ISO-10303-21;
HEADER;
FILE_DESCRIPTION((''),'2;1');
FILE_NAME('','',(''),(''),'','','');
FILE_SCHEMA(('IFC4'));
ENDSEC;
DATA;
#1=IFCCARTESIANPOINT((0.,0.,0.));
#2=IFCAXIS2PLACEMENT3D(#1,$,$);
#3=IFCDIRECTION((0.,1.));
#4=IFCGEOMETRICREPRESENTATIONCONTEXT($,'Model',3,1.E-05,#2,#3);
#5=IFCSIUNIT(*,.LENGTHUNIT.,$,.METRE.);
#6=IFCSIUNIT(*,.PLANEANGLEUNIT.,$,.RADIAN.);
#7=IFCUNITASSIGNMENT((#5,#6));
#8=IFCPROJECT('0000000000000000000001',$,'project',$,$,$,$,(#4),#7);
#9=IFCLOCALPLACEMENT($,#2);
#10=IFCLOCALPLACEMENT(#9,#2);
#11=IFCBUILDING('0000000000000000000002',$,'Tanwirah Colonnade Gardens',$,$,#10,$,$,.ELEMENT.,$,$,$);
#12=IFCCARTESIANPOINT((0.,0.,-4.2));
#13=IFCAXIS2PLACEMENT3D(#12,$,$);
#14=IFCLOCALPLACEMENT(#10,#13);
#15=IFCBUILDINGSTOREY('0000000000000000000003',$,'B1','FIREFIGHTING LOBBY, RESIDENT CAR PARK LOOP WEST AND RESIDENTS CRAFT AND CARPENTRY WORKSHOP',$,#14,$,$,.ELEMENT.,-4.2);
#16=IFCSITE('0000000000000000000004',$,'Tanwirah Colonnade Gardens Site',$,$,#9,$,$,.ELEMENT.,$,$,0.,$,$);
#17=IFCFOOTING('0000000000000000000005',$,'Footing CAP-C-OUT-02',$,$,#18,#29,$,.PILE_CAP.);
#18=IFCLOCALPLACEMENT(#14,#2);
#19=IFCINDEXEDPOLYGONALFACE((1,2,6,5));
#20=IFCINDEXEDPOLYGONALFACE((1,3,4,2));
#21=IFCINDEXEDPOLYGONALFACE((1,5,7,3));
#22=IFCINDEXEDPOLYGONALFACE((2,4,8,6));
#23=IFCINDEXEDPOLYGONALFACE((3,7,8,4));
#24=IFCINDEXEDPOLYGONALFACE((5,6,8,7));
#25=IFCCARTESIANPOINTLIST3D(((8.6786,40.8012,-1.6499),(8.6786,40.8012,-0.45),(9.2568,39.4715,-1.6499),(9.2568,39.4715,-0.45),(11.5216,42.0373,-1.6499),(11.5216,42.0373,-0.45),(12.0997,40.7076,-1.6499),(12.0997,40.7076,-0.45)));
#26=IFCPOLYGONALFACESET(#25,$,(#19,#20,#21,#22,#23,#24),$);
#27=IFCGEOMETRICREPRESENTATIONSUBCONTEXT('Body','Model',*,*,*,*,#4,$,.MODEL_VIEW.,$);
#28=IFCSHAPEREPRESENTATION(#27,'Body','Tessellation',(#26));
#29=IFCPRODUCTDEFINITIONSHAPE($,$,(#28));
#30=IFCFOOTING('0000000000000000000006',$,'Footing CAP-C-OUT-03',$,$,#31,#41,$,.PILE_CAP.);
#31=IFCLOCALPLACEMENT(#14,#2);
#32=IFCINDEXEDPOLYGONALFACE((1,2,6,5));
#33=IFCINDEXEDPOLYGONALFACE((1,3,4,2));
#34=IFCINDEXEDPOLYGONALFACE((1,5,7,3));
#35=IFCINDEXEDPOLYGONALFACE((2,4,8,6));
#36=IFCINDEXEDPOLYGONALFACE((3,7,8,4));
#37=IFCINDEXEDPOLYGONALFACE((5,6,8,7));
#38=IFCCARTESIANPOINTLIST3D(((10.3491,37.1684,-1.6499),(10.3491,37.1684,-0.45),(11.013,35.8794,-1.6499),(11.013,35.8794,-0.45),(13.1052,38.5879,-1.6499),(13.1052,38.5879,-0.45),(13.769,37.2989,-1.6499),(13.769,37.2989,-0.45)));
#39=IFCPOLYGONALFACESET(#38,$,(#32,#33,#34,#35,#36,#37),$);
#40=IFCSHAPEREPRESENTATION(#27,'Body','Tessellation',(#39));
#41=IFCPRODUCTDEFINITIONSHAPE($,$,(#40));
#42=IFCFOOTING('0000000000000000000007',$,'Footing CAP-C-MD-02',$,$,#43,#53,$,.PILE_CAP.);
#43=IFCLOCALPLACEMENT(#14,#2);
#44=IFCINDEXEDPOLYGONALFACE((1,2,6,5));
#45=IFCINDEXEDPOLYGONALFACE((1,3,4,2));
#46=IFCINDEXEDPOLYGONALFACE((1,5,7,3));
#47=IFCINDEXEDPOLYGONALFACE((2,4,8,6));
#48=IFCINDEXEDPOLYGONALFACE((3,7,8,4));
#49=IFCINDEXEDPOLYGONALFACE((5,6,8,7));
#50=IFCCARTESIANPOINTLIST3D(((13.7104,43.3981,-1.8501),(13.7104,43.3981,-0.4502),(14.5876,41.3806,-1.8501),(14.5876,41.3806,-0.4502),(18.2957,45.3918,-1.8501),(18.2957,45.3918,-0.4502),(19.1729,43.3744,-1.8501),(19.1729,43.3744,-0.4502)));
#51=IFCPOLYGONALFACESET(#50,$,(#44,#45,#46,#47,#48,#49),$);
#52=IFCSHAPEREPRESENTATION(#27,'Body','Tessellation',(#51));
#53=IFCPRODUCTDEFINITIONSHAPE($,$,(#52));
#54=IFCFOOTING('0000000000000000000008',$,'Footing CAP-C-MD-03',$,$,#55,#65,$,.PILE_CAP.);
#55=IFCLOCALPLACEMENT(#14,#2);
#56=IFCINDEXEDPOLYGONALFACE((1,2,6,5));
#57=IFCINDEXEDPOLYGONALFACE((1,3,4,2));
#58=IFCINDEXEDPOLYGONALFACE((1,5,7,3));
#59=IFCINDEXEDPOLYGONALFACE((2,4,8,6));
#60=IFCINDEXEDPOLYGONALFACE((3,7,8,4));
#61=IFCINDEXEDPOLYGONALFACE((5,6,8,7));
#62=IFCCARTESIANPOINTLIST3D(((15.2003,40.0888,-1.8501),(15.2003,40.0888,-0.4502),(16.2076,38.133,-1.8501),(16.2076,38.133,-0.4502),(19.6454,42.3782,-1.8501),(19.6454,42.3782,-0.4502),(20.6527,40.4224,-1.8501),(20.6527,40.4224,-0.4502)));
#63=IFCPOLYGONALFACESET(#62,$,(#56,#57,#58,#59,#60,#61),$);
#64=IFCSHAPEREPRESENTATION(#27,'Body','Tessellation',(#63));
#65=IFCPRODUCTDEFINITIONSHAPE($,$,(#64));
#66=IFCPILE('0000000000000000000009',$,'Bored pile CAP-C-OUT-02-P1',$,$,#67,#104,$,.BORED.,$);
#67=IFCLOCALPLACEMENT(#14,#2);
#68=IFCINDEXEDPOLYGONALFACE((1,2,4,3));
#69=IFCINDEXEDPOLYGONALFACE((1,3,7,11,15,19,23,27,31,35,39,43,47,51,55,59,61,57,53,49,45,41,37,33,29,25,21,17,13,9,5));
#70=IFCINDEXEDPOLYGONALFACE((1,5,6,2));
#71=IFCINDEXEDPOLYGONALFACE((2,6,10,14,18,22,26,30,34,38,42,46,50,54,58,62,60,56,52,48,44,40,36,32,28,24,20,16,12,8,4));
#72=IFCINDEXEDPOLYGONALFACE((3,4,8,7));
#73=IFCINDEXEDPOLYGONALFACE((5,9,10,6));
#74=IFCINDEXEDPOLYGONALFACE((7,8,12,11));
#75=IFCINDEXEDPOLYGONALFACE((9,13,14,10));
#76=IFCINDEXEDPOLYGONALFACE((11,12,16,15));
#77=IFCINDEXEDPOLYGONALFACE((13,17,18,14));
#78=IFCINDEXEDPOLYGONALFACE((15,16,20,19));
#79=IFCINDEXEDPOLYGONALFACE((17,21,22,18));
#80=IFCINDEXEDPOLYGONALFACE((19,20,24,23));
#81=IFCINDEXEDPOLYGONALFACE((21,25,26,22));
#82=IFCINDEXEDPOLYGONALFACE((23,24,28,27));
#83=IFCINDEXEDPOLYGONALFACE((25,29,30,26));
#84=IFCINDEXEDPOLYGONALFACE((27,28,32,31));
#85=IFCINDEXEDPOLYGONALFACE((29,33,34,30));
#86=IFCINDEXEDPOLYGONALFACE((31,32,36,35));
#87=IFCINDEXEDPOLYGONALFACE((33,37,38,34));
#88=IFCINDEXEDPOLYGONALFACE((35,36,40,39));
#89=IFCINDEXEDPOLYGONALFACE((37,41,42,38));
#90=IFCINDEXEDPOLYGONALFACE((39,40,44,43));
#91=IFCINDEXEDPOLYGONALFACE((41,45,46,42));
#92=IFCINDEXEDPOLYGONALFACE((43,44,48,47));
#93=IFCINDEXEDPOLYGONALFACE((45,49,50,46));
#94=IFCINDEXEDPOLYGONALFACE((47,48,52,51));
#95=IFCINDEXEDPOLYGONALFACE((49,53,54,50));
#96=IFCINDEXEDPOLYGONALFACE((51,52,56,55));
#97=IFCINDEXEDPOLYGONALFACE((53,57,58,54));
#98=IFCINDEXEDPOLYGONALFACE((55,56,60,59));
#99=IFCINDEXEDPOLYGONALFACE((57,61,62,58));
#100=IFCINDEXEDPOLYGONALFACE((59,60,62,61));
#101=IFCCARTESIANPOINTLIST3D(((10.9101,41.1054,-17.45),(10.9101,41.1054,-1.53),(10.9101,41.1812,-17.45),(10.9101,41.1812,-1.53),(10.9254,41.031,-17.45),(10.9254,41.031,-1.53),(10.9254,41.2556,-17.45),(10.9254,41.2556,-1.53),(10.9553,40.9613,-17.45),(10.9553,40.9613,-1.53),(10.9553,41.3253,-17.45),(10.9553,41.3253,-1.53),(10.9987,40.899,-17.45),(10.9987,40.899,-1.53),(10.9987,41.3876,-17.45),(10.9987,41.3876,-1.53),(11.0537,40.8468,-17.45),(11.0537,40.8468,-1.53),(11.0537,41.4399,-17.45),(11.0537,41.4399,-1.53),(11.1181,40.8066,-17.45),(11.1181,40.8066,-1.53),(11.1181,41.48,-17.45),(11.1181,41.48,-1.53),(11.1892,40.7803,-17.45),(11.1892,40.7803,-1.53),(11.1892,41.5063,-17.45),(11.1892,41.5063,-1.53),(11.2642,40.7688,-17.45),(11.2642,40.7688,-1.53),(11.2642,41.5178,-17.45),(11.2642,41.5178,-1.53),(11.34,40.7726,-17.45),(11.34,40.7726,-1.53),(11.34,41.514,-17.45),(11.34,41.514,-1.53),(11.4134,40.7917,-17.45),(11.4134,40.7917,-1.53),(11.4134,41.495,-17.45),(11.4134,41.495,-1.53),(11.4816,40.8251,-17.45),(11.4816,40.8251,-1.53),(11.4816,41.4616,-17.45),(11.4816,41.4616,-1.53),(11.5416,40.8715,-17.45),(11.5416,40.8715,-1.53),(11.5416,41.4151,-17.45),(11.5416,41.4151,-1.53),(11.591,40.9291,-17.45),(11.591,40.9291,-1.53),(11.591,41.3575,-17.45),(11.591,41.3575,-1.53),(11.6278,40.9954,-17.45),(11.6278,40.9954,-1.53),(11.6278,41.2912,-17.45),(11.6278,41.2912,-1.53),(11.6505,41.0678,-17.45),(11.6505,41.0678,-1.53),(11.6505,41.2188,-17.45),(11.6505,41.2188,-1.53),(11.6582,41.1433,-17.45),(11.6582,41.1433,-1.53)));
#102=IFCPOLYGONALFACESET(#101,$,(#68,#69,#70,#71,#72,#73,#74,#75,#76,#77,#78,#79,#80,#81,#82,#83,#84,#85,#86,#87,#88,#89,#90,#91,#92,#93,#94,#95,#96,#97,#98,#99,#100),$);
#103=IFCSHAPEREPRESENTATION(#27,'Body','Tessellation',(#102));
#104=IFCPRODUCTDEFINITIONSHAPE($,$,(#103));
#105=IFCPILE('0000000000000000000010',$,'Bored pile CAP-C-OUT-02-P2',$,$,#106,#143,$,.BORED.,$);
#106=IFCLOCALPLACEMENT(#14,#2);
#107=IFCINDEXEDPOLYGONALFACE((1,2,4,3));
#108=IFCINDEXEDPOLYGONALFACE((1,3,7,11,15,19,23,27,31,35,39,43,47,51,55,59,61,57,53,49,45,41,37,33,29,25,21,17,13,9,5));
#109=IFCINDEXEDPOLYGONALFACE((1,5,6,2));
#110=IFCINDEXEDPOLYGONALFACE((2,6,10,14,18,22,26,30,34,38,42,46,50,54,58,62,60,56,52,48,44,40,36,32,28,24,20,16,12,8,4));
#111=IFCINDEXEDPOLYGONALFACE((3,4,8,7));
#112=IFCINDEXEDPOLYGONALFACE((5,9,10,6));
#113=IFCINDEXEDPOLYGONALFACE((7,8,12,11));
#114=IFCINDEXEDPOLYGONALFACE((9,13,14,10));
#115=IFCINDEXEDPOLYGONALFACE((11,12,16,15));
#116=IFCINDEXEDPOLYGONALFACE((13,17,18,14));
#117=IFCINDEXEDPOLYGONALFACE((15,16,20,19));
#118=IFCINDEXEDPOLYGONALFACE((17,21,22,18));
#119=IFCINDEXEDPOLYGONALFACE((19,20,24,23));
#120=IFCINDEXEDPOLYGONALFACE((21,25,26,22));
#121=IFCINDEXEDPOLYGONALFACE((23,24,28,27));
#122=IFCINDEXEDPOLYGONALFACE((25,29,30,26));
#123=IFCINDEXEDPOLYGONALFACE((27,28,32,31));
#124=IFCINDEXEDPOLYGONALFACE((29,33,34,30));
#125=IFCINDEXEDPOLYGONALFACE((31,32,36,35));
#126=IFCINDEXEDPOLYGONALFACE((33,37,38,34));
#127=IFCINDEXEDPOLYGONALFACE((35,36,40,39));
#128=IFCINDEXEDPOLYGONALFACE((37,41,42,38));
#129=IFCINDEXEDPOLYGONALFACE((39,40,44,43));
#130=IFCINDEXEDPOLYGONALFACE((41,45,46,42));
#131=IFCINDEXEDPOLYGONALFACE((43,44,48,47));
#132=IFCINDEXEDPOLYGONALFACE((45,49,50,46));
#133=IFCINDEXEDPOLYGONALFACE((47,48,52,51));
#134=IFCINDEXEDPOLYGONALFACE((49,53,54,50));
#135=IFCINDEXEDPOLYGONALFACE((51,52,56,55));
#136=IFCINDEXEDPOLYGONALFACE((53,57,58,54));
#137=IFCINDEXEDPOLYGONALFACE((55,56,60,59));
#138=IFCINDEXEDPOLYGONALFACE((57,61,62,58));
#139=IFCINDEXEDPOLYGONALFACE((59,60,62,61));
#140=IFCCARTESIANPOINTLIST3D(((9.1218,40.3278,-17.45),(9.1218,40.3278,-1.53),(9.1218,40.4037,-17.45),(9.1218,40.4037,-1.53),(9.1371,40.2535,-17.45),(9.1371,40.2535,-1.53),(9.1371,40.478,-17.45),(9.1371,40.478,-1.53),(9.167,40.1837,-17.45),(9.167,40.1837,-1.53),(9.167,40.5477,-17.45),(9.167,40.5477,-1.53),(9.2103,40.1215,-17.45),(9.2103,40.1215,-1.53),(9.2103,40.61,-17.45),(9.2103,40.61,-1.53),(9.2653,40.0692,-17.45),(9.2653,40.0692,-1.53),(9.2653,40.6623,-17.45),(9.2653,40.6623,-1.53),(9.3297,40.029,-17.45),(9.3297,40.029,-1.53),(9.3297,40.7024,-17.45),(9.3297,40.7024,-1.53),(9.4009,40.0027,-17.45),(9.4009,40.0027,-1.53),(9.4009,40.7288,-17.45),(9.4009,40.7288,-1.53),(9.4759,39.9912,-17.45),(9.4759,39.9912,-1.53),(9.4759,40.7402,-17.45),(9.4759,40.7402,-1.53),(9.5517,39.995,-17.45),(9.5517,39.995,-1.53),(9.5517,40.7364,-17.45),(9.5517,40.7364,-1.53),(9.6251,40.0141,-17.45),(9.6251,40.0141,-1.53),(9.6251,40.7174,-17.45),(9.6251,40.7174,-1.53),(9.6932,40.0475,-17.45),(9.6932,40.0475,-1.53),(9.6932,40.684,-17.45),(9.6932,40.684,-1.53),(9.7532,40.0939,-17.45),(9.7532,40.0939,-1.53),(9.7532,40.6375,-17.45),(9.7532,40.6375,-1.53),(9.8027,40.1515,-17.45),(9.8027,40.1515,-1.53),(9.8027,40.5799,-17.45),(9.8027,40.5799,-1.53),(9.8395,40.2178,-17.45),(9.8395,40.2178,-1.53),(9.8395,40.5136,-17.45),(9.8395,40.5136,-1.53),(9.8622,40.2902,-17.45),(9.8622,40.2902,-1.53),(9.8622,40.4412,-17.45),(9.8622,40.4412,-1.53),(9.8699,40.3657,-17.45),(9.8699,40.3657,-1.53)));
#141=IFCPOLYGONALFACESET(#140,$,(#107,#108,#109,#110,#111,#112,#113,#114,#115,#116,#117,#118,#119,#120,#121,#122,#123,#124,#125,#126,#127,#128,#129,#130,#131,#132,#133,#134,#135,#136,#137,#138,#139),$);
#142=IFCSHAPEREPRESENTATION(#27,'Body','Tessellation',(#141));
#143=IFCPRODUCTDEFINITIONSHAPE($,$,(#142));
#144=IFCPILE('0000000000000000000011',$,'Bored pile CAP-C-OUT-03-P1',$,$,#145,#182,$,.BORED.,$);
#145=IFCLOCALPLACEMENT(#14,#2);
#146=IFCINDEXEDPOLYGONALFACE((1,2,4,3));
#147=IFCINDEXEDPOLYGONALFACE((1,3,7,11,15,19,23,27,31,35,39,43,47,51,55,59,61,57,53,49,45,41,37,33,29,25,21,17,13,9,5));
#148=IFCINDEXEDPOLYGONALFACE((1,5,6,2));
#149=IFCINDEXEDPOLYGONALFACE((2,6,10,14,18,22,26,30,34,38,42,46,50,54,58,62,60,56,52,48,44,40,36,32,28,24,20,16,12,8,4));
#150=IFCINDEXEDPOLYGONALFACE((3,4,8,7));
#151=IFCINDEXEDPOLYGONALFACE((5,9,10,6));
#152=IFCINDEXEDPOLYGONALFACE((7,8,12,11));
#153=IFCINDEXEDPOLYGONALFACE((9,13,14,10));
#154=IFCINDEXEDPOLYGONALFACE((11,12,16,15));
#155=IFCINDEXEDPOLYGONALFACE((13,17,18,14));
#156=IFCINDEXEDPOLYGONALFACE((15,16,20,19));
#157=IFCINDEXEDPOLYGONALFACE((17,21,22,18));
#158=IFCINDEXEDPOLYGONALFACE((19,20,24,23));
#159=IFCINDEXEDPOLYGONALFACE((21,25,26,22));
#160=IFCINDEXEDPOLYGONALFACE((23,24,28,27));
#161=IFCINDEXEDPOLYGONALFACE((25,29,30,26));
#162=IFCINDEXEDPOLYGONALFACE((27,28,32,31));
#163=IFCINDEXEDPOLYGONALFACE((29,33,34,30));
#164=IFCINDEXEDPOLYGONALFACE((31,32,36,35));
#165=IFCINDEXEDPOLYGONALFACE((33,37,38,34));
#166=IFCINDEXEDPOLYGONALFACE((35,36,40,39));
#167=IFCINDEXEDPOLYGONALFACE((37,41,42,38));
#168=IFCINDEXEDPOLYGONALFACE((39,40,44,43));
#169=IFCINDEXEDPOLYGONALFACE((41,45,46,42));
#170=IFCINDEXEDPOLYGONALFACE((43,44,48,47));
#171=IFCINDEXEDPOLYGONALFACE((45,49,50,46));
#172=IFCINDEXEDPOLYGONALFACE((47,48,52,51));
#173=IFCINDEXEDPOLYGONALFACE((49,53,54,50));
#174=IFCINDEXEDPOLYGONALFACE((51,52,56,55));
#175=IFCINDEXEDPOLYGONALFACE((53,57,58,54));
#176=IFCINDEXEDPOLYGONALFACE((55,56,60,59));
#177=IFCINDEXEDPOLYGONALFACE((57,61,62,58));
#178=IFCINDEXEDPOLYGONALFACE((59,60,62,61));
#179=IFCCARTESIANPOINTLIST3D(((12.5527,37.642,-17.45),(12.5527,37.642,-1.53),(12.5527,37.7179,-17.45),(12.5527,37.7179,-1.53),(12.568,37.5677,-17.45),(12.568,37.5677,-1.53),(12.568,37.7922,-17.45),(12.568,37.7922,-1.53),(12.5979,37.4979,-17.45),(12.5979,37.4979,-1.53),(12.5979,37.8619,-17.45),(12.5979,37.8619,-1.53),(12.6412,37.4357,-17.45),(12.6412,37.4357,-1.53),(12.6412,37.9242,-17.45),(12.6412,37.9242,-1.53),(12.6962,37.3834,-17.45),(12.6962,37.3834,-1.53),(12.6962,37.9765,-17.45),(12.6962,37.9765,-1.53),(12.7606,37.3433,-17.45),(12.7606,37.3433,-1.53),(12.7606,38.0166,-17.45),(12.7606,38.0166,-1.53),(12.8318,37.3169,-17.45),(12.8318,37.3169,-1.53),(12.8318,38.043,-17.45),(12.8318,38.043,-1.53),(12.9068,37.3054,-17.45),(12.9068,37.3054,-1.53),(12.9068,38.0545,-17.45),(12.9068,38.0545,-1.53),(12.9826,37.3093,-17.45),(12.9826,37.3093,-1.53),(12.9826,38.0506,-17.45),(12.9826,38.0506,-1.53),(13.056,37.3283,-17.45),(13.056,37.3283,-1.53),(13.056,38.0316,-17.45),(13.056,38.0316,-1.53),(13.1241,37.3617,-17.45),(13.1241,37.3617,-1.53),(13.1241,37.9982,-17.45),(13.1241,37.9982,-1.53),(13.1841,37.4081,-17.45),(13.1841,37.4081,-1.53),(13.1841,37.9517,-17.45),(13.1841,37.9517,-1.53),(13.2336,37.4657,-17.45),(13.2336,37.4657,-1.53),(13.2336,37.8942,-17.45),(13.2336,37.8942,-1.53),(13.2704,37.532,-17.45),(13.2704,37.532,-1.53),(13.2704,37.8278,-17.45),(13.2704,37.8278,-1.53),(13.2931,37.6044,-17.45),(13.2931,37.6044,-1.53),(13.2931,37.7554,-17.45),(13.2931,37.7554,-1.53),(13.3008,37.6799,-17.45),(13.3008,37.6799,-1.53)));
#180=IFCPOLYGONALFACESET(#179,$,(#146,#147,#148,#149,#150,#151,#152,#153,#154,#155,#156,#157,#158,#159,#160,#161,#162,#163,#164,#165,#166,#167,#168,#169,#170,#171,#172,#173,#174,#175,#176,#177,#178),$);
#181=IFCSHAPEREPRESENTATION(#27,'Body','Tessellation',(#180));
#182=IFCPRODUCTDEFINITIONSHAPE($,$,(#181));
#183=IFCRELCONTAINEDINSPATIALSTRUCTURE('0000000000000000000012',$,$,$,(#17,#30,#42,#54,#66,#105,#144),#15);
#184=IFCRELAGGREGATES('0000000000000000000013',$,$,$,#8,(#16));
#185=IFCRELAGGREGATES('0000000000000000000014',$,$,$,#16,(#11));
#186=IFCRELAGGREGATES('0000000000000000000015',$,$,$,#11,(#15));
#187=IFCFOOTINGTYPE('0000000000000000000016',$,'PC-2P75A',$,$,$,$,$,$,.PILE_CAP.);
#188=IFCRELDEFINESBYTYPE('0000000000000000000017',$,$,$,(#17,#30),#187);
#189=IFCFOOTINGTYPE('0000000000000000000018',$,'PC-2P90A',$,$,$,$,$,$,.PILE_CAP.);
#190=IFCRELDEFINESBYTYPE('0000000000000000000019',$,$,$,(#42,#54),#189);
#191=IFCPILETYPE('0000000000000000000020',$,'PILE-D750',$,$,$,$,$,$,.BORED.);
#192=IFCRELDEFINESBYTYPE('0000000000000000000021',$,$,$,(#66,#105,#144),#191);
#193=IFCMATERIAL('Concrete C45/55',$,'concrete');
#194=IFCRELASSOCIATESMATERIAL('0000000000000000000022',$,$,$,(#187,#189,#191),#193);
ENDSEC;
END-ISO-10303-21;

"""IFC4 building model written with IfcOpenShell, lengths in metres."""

from ifc_helpers import new_model, si_unit, direction, frame, origin, origin_2d, place, context, subcontext, project, spatial, rectangle, circle, extrude, material, material_profile, profile_set, type_object, element, save


model = new_model("IFC4")

# Units and contexts
model_context = context("Model", 3, precision=1e-05, world=origin(), true_north=direction((0.0, 1.0)))
body_context = subcontext(model_context, "Body", "Model", "MODEL_VIEW")
ifc_project = project(units=[si_unit("LENGTHUNIT", "METRE"), si_unit("PLANEANGLEUNIT", "RADIAN")], contexts=[model_context])

# Site, building, storey
site_placement = place(None, origin())
site = spatial("IfcSite", under=ifc_project, at=site_placement, Name="Tanwirah Colonnade Gardens Site", CompositionType="ELEMENT", RefElevation=0.0)
building_placement = place(site_placement, origin())
building = spatial("IfcBuilding", under=site, at=building_placement, Name="Tanwirah Colonnade Gardens", CompositionType="ELEMENT")
storey_placement = place(building_placement, frame((0.0, 0.0, -4.2)))
storey = spatial("IfcBuildingStorey", under=building, at=storey_placement, Name="B1", Description="FIREFIGHTING LOBBY, RESIDENT CAR PARK LOOP WEST AND RESIDENTS CRAFT AND CARPENTRY WORKSHOP", CompositionType="ELEMENT", Elevation=-4.2)

# Footings
ifc_material_1 = material(Name="Concrete C45/55", Category="concrete")
footing_type_1 = type_object("IfcFootingType", Name="PC-2P75A", PredefinedType="PILE_CAP", material=ifc_material_1)
for number, where, z_axis, x_axis, name in (
    (1, (10.3892, 40.7544, -1.6499), (0.0, 0.0, 1.0), (-0.91706, -0.398749, 0.0), "Footing CAP-C-OUT-02"),
    (2, (12.0591, 37.2336, -1.6499), (0.0, 0.0, 1.0), (-0.889017, -0.457874, 0.0), "Footing CAP-C-OUT-03"),
):
    element("IfcFooting", number, at=place(storey_placement, frame(where, z_axis=z_axis, x_axis=x_axis)), inside=storey, type_object=footing_type_1, Name=name, PredefinedType="PILE_CAP", context=body_context, shape_type="SweptSolid", body=[
        extrude(rectangle(XDim=3.1001, YDim=1.45, at=origin_2d()), origin(), (0.0, 0.0, 1.0), 1.2),
    ])
footing_type_2 = type_object("IfcFootingType", Name="PC-2P90A", PredefinedType="PILE_CAP", material=ifc_material_1)
for number, where, z_axis, x_axis, name in (
    (3, (16.4417, 43.3862, -1.8501), (0.0, 0.0, 1.0), (-0.91706, -0.398749, 0.0), "Footing CAP-C-MD-02"),
    (4, (17.9265, 40.2556, -1.8501), (0.0, 0.0, 1.0), (-0.889017, -0.457874, 0.0), "Footing CAP-C-MD-03"),
):
    element("IfcFooting", number, at=place(storey_placement, frame(where, z_axis=z_axis, x_axis=x_axis)), inside=storey, type_object=footing_type_2, Name=name, PredefinedType="PILE_CAP", context=body_context, shape_type="SweptSolid", body=[
        extrude(rectangle(XDim=5.0, YDim=2.2, at=origin_2d()), origin(), (0.0, 0.0, 1.0), 1.3999),
    ])

# Piles
ifc_material_profile_1 = material_profile(ifc_material_1, circle(Radius=0.375, at=origin_2d()), Name="PILE D750")
ifc_profile_set_1 = profile_set([ifc_material_profile_1], Name="Concrete C45/55")
pile_type_1 = type_object("IfcPileType", Name="PILE-D750", PredefinedType="BORED", material=ifc_profile_set_1)
for number, where, z_axis, x_axis, name in (
    (5, (11.2832, 41.1433, -1.53), (0.0, 0.0, -1.0), (1.0, 0.0, 0.0), "Bored pile CAP-C-OUT-02-P1"),
    (6, (9.4949, 40.3657, -1.53), (0.0, 0.0, -1.0), (1.0, 0.0, 0.0), "Bored pile CAP-C-OUT-02-P2"),
    (7, (12.9258, 37.6799, -1.53), (0.0, 0.0, -1.0), (1.0, 0.0, 0.0), "Bored pile CAP-C-OUT-03-P1"),
):
    element("IfcPile", number, at=place(storey_placement, frame(where, z_axis=z_axis, x_axis=x_axis)), inside=storey, type_object=pile_type_1, Name=name, PredefinedType="BORED", context=body_context, shape_type="SweptSolid", body=[
        extrude(circle(Radius=0.375, at=origin_2d()), origin(), (0.0, 0.0, 1.0), 15.9199),
    ])

save(model, "model.ifc")
